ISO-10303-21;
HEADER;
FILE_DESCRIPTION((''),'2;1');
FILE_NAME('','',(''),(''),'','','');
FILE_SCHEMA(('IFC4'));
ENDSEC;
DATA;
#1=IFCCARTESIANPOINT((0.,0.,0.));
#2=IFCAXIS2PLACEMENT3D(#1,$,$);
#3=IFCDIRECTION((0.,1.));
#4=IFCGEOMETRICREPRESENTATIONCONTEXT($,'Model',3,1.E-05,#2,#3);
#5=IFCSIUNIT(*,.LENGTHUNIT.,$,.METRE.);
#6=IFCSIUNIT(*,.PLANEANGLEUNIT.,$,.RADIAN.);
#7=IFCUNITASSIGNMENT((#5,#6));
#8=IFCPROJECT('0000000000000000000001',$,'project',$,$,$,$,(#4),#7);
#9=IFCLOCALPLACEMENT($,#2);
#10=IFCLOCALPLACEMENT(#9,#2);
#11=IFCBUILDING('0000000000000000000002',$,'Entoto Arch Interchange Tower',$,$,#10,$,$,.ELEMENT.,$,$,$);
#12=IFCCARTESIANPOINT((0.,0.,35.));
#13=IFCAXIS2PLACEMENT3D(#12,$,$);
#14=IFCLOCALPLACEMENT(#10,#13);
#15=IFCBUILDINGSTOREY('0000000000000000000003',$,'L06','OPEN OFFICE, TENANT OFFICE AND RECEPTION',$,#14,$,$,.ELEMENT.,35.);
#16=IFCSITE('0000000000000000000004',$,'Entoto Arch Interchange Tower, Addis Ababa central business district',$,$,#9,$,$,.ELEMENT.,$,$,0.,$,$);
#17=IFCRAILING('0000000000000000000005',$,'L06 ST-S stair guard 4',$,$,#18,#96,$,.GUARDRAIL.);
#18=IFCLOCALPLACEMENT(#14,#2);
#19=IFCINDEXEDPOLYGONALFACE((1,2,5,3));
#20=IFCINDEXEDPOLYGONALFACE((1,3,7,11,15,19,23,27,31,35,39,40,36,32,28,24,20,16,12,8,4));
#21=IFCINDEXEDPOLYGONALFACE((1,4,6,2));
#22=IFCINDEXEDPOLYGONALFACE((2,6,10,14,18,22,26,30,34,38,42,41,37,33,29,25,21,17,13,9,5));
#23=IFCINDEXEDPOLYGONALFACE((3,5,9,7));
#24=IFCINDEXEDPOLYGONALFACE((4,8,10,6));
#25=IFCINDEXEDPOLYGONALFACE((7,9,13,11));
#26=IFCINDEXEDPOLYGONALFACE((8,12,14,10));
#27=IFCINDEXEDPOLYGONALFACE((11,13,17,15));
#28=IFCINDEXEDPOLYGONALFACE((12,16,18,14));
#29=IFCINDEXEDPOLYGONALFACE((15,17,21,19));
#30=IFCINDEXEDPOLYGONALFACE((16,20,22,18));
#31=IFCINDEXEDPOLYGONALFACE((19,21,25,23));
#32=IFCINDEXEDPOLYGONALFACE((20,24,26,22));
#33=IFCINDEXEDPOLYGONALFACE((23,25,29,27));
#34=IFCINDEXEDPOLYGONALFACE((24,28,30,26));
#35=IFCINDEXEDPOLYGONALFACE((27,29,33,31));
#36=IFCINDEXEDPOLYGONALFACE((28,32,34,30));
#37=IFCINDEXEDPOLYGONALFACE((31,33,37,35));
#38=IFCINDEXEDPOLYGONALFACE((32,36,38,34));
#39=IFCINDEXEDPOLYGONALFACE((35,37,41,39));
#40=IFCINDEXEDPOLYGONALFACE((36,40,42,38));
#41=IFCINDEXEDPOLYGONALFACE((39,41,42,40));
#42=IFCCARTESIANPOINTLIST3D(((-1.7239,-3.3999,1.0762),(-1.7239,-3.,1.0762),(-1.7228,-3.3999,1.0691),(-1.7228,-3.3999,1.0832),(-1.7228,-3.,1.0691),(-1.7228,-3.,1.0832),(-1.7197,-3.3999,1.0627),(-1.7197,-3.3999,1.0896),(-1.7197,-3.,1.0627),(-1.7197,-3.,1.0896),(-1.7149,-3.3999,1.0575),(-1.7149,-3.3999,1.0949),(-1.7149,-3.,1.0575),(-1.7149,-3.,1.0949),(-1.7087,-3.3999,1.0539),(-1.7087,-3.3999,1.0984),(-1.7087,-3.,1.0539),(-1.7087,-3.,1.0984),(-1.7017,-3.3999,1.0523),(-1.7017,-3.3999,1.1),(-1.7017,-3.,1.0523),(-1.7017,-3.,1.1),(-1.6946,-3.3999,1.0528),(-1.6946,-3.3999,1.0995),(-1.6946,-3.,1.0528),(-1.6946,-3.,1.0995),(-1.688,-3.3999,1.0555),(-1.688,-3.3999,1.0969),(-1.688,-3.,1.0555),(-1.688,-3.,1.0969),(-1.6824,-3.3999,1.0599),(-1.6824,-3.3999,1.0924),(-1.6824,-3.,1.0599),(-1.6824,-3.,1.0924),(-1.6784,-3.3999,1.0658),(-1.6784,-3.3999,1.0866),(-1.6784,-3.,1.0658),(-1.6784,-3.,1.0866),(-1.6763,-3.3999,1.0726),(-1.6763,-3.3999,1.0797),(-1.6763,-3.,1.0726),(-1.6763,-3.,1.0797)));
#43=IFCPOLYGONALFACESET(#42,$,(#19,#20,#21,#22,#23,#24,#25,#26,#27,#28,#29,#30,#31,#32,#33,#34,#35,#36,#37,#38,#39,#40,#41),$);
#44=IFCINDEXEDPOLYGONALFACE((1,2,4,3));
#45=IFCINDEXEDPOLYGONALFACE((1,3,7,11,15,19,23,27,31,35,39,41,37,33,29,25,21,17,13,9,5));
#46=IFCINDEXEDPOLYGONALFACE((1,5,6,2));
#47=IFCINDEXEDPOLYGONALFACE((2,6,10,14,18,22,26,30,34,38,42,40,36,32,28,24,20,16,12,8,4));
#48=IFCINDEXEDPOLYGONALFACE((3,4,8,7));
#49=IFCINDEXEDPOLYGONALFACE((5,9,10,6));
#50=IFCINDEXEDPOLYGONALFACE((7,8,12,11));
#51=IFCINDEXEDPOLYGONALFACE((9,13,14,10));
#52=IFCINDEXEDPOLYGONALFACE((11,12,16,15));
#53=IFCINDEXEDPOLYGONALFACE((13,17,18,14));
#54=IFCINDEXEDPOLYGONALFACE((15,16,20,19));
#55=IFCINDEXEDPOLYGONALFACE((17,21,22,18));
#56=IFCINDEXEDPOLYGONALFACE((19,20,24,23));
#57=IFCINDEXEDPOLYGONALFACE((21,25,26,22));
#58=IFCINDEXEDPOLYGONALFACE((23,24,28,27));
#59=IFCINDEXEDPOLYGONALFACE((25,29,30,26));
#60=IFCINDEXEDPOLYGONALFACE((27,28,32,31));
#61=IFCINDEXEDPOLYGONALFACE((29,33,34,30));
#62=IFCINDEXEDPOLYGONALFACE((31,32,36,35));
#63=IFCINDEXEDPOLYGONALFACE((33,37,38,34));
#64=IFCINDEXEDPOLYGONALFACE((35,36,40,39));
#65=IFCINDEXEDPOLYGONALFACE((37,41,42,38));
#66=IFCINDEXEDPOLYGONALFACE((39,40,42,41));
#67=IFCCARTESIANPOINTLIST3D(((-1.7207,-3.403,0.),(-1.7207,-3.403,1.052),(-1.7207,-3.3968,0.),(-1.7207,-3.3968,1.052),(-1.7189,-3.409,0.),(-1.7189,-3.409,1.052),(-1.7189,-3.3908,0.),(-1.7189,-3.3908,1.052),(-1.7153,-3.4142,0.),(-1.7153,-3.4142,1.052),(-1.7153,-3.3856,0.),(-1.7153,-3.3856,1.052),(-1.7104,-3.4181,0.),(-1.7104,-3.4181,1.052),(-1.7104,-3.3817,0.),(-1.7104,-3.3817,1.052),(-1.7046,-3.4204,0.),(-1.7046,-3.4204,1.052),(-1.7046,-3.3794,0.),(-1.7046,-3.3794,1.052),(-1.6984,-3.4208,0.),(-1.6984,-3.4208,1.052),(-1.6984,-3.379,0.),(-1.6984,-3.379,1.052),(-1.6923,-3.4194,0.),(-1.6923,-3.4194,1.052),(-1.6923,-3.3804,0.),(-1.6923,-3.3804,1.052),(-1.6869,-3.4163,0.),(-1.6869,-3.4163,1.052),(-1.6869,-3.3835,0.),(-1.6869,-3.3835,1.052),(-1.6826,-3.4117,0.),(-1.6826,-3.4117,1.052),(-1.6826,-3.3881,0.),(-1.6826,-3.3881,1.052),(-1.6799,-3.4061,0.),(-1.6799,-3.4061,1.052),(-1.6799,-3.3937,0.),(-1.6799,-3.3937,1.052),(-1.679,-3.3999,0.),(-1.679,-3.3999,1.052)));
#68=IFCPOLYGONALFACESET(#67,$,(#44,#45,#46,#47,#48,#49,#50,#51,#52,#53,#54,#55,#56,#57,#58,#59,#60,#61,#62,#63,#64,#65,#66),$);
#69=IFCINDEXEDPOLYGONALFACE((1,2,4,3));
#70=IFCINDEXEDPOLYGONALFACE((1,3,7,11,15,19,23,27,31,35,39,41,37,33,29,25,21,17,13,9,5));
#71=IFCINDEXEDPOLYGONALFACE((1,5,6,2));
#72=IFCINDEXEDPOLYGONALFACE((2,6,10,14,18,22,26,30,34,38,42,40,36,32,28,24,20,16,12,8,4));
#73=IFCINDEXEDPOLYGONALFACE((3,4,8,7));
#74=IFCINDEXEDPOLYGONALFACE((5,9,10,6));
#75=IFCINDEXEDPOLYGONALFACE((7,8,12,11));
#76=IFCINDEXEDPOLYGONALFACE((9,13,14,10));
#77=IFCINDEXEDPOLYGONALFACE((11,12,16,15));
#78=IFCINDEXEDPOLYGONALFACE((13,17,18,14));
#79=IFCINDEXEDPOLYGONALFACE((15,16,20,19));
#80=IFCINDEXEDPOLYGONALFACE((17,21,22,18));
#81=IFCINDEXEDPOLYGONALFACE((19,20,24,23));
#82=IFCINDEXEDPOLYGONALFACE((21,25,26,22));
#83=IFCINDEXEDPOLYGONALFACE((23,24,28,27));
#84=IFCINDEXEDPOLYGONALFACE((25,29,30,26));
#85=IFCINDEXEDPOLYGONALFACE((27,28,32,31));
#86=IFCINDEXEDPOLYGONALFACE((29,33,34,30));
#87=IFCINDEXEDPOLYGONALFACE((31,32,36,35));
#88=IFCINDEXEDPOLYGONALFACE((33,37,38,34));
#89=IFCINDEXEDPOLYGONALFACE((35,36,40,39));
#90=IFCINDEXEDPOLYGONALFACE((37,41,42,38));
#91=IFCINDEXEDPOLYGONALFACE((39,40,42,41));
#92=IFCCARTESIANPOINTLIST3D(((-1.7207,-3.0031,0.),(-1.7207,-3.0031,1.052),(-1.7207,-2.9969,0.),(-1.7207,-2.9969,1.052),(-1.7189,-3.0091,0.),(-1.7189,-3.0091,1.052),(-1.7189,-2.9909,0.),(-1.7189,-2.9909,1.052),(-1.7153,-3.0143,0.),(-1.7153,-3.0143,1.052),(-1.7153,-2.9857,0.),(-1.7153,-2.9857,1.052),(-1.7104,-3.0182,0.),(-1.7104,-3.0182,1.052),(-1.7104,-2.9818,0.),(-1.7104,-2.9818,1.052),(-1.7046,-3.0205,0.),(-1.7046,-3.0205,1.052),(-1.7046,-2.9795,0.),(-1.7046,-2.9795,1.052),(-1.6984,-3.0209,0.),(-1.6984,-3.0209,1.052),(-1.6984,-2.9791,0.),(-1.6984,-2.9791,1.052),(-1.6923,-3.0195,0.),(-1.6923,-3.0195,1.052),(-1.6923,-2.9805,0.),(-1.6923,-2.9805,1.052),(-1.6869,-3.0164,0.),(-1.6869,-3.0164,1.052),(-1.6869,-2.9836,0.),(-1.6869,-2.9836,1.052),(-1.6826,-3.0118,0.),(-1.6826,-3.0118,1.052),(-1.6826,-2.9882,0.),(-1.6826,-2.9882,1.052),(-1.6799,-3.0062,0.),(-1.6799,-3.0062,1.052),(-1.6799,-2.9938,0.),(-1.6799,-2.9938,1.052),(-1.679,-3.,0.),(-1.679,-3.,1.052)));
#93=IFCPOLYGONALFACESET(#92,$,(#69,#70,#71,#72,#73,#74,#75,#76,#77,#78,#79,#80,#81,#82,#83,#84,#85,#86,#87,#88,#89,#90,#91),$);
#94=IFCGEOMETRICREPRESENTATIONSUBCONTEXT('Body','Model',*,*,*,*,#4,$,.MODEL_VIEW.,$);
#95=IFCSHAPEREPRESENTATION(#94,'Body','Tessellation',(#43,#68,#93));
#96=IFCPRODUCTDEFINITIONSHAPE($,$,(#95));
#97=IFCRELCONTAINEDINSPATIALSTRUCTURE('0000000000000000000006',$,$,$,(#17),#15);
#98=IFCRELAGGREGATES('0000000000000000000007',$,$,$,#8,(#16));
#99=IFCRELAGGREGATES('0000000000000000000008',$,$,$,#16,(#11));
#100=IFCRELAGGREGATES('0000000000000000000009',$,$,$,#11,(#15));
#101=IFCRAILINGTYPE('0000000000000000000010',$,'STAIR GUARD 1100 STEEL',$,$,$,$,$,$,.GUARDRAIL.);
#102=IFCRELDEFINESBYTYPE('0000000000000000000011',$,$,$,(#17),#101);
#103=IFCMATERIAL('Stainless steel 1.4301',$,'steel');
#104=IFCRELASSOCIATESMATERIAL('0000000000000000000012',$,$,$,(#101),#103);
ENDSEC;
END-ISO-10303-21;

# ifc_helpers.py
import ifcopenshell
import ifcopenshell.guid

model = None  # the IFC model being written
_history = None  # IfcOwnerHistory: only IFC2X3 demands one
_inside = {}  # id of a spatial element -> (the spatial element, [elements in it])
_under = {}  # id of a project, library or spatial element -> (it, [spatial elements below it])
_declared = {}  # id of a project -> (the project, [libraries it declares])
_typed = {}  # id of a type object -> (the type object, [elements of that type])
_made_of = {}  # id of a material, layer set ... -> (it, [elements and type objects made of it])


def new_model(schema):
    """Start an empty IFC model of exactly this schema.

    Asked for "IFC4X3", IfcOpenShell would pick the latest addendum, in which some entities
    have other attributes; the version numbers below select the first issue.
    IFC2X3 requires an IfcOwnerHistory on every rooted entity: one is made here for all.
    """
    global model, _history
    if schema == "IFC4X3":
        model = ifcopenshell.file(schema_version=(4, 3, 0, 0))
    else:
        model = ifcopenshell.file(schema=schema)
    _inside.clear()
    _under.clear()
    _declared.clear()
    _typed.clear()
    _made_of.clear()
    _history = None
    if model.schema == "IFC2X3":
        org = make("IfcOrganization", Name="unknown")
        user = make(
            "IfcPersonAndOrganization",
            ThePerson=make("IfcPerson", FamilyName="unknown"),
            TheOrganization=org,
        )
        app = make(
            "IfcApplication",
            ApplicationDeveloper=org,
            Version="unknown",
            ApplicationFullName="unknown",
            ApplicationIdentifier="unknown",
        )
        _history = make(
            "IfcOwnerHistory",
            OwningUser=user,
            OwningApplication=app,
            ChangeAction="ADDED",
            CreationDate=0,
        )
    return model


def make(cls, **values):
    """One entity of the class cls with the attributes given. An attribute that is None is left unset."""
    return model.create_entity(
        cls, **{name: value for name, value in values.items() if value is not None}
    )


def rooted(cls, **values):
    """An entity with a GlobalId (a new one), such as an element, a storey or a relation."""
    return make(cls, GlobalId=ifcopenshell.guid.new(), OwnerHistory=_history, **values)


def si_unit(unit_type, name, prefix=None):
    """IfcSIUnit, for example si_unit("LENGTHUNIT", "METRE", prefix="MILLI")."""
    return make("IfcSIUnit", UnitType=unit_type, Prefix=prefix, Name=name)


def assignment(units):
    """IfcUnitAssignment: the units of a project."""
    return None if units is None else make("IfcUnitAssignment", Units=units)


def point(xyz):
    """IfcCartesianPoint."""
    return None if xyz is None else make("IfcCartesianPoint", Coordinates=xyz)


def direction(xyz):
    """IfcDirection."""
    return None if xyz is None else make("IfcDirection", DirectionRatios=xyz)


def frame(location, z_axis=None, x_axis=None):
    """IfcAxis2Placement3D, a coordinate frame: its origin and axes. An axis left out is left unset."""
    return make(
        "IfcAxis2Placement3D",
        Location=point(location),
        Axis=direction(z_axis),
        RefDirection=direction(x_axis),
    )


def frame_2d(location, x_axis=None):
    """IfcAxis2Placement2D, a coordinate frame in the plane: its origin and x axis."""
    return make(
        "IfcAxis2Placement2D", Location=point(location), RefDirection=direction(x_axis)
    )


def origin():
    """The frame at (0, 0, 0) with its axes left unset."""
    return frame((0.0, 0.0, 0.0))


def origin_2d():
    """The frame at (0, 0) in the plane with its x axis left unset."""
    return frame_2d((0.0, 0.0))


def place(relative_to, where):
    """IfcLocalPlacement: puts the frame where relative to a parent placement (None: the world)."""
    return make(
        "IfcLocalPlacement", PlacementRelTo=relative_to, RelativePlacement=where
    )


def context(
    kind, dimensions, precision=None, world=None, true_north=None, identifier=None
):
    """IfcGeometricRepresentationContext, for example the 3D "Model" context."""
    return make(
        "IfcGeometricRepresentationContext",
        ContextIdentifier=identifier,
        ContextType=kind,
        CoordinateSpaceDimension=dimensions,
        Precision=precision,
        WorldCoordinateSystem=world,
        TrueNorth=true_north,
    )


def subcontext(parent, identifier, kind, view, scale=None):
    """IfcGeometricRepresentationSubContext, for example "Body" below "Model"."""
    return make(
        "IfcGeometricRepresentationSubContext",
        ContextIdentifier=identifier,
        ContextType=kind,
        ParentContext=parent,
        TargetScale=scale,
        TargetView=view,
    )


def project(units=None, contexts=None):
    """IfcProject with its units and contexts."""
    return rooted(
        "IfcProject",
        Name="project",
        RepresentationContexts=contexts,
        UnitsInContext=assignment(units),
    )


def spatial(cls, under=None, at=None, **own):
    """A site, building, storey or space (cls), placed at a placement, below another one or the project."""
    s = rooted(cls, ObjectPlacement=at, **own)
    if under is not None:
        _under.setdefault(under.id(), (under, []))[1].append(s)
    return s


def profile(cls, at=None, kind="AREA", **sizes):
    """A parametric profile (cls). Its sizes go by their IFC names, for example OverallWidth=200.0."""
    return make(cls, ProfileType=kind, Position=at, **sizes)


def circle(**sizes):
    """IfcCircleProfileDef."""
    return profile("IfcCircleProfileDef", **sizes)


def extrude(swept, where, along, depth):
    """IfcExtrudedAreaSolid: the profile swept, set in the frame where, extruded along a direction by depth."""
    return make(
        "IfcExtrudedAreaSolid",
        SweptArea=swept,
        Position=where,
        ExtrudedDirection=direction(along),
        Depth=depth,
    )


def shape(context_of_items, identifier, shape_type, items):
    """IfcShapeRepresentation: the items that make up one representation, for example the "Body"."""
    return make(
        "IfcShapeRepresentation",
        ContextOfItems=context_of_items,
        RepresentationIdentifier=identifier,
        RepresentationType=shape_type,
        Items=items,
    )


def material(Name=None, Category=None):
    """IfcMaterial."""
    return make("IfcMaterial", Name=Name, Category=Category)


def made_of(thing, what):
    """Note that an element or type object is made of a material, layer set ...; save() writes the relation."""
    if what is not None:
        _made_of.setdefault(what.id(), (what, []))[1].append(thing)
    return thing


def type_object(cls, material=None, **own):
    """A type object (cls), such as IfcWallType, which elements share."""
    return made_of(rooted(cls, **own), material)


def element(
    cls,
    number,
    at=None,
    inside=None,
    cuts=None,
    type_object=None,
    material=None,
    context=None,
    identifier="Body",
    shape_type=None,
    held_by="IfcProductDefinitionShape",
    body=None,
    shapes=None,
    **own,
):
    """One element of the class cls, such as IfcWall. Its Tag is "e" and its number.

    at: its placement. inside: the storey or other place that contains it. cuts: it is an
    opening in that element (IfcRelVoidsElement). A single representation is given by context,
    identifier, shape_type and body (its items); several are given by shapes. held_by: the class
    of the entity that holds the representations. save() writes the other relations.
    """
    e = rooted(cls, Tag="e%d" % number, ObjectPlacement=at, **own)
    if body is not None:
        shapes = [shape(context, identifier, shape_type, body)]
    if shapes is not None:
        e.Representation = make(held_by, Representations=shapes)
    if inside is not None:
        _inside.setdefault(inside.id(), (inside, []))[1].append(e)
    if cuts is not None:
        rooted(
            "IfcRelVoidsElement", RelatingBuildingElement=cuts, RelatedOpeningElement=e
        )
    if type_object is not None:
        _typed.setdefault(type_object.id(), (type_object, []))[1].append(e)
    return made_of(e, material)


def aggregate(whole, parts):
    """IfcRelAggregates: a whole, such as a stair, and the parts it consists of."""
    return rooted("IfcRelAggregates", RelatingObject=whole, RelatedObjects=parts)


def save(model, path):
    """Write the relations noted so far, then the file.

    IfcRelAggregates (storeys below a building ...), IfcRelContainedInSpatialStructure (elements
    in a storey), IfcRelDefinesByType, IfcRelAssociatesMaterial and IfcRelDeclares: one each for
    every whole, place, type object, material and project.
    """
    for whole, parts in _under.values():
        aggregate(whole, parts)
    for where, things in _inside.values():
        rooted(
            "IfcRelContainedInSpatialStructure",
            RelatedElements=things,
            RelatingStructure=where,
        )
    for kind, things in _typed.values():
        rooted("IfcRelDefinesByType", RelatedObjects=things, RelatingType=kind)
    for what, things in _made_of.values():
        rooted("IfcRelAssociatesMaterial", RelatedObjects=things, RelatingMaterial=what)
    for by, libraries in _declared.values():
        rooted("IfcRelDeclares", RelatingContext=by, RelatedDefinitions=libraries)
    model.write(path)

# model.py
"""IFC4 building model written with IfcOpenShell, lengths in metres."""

from ifc_helpers import new_model, si_unit, direction, frame, origin, origin_2d, place, context, subcontext, project, spatial, circle, extrude, material, type_object, element, save


model = new_model("IFC4")

# Units and contexts
model_context = context("Model", 3, precision=1e-05, world=origin(), true_north=direction((0.0, 1.0)))
body_context = subcontext(model_context, "Body", "Model", "MODEL_VIEW")
ifc_project = project(units=[si_unit("LENGTHUNIT", "METRE"), si_unit("PLANEANGLEUNIT", "RADIAN")], contexts=[model_context])

# Site, building, storey
site_placement = place(None, origin())
site = spatial("IfcSite", under=ifc_project, at=site_placement, Name="Entoto Arch Interchange Tower, Addis Ababa central business district", CompositionType="ELEMENT", RefElevation=0.0)
building_placement = place(site_placement, origin())
building = spatial("IfcBuilding", under=site, at=building_placement, Name="Entoto Arch Interchange Tower", CompositionType="ELEMENT")
storey_placement = place(building_placement, frame((0.0, 0.0, 35.0)))
storey = spatial("IfcBuildingStorey", under=building, at=storey_placement, Name="L06", Description="OPEN OFFICE, TENANT OFFICE AND RECEPTION", CompositionType="ELEMENT", Elevation=35.0)

# Railing
ifc_material_1 = material(Name="Stainless steel 1.4301", Category="steel")
railing_type_1 = type_object("IfcRailingType", Name="STAIR GUARD 1100 STEEL", PredefinedType="GUARDRAIL", material=ifc_material_1)
railing_1_placement = place(storey_placement, frame((-1.7, -3.3999, 0.0)))
element("IfcRailing", 1, at=railing_1_placement, inside=storey, type_object=railing_type_1, Name="L06 ST-S stair guard 4", PredefinedType="GUARDRAIL", context=body_context, shape_type="SweptSolid", body=[
    extrude(circle(Radius=0.0239, at=origin_2d()), frame((0.0, 0.0, 1.0762), z_axis=(0.0, 1.0, 0.0), x_axis=(-1.0, 0.0, 0.0)), (0.0, 0.0, 1.0), 0.3999),
    extrude(circle(Radius=0.021, at=origin_2d()), origin(), (0.0, 0.0, 1.0), 1.052),
    extrude(circle(Radius=0.021, at=origin_2d()), frame((0.0, 0.3999, 0.0)), (0.0, 0.0, 1.0), 1.052),
])

save(model, "model.ifc")
